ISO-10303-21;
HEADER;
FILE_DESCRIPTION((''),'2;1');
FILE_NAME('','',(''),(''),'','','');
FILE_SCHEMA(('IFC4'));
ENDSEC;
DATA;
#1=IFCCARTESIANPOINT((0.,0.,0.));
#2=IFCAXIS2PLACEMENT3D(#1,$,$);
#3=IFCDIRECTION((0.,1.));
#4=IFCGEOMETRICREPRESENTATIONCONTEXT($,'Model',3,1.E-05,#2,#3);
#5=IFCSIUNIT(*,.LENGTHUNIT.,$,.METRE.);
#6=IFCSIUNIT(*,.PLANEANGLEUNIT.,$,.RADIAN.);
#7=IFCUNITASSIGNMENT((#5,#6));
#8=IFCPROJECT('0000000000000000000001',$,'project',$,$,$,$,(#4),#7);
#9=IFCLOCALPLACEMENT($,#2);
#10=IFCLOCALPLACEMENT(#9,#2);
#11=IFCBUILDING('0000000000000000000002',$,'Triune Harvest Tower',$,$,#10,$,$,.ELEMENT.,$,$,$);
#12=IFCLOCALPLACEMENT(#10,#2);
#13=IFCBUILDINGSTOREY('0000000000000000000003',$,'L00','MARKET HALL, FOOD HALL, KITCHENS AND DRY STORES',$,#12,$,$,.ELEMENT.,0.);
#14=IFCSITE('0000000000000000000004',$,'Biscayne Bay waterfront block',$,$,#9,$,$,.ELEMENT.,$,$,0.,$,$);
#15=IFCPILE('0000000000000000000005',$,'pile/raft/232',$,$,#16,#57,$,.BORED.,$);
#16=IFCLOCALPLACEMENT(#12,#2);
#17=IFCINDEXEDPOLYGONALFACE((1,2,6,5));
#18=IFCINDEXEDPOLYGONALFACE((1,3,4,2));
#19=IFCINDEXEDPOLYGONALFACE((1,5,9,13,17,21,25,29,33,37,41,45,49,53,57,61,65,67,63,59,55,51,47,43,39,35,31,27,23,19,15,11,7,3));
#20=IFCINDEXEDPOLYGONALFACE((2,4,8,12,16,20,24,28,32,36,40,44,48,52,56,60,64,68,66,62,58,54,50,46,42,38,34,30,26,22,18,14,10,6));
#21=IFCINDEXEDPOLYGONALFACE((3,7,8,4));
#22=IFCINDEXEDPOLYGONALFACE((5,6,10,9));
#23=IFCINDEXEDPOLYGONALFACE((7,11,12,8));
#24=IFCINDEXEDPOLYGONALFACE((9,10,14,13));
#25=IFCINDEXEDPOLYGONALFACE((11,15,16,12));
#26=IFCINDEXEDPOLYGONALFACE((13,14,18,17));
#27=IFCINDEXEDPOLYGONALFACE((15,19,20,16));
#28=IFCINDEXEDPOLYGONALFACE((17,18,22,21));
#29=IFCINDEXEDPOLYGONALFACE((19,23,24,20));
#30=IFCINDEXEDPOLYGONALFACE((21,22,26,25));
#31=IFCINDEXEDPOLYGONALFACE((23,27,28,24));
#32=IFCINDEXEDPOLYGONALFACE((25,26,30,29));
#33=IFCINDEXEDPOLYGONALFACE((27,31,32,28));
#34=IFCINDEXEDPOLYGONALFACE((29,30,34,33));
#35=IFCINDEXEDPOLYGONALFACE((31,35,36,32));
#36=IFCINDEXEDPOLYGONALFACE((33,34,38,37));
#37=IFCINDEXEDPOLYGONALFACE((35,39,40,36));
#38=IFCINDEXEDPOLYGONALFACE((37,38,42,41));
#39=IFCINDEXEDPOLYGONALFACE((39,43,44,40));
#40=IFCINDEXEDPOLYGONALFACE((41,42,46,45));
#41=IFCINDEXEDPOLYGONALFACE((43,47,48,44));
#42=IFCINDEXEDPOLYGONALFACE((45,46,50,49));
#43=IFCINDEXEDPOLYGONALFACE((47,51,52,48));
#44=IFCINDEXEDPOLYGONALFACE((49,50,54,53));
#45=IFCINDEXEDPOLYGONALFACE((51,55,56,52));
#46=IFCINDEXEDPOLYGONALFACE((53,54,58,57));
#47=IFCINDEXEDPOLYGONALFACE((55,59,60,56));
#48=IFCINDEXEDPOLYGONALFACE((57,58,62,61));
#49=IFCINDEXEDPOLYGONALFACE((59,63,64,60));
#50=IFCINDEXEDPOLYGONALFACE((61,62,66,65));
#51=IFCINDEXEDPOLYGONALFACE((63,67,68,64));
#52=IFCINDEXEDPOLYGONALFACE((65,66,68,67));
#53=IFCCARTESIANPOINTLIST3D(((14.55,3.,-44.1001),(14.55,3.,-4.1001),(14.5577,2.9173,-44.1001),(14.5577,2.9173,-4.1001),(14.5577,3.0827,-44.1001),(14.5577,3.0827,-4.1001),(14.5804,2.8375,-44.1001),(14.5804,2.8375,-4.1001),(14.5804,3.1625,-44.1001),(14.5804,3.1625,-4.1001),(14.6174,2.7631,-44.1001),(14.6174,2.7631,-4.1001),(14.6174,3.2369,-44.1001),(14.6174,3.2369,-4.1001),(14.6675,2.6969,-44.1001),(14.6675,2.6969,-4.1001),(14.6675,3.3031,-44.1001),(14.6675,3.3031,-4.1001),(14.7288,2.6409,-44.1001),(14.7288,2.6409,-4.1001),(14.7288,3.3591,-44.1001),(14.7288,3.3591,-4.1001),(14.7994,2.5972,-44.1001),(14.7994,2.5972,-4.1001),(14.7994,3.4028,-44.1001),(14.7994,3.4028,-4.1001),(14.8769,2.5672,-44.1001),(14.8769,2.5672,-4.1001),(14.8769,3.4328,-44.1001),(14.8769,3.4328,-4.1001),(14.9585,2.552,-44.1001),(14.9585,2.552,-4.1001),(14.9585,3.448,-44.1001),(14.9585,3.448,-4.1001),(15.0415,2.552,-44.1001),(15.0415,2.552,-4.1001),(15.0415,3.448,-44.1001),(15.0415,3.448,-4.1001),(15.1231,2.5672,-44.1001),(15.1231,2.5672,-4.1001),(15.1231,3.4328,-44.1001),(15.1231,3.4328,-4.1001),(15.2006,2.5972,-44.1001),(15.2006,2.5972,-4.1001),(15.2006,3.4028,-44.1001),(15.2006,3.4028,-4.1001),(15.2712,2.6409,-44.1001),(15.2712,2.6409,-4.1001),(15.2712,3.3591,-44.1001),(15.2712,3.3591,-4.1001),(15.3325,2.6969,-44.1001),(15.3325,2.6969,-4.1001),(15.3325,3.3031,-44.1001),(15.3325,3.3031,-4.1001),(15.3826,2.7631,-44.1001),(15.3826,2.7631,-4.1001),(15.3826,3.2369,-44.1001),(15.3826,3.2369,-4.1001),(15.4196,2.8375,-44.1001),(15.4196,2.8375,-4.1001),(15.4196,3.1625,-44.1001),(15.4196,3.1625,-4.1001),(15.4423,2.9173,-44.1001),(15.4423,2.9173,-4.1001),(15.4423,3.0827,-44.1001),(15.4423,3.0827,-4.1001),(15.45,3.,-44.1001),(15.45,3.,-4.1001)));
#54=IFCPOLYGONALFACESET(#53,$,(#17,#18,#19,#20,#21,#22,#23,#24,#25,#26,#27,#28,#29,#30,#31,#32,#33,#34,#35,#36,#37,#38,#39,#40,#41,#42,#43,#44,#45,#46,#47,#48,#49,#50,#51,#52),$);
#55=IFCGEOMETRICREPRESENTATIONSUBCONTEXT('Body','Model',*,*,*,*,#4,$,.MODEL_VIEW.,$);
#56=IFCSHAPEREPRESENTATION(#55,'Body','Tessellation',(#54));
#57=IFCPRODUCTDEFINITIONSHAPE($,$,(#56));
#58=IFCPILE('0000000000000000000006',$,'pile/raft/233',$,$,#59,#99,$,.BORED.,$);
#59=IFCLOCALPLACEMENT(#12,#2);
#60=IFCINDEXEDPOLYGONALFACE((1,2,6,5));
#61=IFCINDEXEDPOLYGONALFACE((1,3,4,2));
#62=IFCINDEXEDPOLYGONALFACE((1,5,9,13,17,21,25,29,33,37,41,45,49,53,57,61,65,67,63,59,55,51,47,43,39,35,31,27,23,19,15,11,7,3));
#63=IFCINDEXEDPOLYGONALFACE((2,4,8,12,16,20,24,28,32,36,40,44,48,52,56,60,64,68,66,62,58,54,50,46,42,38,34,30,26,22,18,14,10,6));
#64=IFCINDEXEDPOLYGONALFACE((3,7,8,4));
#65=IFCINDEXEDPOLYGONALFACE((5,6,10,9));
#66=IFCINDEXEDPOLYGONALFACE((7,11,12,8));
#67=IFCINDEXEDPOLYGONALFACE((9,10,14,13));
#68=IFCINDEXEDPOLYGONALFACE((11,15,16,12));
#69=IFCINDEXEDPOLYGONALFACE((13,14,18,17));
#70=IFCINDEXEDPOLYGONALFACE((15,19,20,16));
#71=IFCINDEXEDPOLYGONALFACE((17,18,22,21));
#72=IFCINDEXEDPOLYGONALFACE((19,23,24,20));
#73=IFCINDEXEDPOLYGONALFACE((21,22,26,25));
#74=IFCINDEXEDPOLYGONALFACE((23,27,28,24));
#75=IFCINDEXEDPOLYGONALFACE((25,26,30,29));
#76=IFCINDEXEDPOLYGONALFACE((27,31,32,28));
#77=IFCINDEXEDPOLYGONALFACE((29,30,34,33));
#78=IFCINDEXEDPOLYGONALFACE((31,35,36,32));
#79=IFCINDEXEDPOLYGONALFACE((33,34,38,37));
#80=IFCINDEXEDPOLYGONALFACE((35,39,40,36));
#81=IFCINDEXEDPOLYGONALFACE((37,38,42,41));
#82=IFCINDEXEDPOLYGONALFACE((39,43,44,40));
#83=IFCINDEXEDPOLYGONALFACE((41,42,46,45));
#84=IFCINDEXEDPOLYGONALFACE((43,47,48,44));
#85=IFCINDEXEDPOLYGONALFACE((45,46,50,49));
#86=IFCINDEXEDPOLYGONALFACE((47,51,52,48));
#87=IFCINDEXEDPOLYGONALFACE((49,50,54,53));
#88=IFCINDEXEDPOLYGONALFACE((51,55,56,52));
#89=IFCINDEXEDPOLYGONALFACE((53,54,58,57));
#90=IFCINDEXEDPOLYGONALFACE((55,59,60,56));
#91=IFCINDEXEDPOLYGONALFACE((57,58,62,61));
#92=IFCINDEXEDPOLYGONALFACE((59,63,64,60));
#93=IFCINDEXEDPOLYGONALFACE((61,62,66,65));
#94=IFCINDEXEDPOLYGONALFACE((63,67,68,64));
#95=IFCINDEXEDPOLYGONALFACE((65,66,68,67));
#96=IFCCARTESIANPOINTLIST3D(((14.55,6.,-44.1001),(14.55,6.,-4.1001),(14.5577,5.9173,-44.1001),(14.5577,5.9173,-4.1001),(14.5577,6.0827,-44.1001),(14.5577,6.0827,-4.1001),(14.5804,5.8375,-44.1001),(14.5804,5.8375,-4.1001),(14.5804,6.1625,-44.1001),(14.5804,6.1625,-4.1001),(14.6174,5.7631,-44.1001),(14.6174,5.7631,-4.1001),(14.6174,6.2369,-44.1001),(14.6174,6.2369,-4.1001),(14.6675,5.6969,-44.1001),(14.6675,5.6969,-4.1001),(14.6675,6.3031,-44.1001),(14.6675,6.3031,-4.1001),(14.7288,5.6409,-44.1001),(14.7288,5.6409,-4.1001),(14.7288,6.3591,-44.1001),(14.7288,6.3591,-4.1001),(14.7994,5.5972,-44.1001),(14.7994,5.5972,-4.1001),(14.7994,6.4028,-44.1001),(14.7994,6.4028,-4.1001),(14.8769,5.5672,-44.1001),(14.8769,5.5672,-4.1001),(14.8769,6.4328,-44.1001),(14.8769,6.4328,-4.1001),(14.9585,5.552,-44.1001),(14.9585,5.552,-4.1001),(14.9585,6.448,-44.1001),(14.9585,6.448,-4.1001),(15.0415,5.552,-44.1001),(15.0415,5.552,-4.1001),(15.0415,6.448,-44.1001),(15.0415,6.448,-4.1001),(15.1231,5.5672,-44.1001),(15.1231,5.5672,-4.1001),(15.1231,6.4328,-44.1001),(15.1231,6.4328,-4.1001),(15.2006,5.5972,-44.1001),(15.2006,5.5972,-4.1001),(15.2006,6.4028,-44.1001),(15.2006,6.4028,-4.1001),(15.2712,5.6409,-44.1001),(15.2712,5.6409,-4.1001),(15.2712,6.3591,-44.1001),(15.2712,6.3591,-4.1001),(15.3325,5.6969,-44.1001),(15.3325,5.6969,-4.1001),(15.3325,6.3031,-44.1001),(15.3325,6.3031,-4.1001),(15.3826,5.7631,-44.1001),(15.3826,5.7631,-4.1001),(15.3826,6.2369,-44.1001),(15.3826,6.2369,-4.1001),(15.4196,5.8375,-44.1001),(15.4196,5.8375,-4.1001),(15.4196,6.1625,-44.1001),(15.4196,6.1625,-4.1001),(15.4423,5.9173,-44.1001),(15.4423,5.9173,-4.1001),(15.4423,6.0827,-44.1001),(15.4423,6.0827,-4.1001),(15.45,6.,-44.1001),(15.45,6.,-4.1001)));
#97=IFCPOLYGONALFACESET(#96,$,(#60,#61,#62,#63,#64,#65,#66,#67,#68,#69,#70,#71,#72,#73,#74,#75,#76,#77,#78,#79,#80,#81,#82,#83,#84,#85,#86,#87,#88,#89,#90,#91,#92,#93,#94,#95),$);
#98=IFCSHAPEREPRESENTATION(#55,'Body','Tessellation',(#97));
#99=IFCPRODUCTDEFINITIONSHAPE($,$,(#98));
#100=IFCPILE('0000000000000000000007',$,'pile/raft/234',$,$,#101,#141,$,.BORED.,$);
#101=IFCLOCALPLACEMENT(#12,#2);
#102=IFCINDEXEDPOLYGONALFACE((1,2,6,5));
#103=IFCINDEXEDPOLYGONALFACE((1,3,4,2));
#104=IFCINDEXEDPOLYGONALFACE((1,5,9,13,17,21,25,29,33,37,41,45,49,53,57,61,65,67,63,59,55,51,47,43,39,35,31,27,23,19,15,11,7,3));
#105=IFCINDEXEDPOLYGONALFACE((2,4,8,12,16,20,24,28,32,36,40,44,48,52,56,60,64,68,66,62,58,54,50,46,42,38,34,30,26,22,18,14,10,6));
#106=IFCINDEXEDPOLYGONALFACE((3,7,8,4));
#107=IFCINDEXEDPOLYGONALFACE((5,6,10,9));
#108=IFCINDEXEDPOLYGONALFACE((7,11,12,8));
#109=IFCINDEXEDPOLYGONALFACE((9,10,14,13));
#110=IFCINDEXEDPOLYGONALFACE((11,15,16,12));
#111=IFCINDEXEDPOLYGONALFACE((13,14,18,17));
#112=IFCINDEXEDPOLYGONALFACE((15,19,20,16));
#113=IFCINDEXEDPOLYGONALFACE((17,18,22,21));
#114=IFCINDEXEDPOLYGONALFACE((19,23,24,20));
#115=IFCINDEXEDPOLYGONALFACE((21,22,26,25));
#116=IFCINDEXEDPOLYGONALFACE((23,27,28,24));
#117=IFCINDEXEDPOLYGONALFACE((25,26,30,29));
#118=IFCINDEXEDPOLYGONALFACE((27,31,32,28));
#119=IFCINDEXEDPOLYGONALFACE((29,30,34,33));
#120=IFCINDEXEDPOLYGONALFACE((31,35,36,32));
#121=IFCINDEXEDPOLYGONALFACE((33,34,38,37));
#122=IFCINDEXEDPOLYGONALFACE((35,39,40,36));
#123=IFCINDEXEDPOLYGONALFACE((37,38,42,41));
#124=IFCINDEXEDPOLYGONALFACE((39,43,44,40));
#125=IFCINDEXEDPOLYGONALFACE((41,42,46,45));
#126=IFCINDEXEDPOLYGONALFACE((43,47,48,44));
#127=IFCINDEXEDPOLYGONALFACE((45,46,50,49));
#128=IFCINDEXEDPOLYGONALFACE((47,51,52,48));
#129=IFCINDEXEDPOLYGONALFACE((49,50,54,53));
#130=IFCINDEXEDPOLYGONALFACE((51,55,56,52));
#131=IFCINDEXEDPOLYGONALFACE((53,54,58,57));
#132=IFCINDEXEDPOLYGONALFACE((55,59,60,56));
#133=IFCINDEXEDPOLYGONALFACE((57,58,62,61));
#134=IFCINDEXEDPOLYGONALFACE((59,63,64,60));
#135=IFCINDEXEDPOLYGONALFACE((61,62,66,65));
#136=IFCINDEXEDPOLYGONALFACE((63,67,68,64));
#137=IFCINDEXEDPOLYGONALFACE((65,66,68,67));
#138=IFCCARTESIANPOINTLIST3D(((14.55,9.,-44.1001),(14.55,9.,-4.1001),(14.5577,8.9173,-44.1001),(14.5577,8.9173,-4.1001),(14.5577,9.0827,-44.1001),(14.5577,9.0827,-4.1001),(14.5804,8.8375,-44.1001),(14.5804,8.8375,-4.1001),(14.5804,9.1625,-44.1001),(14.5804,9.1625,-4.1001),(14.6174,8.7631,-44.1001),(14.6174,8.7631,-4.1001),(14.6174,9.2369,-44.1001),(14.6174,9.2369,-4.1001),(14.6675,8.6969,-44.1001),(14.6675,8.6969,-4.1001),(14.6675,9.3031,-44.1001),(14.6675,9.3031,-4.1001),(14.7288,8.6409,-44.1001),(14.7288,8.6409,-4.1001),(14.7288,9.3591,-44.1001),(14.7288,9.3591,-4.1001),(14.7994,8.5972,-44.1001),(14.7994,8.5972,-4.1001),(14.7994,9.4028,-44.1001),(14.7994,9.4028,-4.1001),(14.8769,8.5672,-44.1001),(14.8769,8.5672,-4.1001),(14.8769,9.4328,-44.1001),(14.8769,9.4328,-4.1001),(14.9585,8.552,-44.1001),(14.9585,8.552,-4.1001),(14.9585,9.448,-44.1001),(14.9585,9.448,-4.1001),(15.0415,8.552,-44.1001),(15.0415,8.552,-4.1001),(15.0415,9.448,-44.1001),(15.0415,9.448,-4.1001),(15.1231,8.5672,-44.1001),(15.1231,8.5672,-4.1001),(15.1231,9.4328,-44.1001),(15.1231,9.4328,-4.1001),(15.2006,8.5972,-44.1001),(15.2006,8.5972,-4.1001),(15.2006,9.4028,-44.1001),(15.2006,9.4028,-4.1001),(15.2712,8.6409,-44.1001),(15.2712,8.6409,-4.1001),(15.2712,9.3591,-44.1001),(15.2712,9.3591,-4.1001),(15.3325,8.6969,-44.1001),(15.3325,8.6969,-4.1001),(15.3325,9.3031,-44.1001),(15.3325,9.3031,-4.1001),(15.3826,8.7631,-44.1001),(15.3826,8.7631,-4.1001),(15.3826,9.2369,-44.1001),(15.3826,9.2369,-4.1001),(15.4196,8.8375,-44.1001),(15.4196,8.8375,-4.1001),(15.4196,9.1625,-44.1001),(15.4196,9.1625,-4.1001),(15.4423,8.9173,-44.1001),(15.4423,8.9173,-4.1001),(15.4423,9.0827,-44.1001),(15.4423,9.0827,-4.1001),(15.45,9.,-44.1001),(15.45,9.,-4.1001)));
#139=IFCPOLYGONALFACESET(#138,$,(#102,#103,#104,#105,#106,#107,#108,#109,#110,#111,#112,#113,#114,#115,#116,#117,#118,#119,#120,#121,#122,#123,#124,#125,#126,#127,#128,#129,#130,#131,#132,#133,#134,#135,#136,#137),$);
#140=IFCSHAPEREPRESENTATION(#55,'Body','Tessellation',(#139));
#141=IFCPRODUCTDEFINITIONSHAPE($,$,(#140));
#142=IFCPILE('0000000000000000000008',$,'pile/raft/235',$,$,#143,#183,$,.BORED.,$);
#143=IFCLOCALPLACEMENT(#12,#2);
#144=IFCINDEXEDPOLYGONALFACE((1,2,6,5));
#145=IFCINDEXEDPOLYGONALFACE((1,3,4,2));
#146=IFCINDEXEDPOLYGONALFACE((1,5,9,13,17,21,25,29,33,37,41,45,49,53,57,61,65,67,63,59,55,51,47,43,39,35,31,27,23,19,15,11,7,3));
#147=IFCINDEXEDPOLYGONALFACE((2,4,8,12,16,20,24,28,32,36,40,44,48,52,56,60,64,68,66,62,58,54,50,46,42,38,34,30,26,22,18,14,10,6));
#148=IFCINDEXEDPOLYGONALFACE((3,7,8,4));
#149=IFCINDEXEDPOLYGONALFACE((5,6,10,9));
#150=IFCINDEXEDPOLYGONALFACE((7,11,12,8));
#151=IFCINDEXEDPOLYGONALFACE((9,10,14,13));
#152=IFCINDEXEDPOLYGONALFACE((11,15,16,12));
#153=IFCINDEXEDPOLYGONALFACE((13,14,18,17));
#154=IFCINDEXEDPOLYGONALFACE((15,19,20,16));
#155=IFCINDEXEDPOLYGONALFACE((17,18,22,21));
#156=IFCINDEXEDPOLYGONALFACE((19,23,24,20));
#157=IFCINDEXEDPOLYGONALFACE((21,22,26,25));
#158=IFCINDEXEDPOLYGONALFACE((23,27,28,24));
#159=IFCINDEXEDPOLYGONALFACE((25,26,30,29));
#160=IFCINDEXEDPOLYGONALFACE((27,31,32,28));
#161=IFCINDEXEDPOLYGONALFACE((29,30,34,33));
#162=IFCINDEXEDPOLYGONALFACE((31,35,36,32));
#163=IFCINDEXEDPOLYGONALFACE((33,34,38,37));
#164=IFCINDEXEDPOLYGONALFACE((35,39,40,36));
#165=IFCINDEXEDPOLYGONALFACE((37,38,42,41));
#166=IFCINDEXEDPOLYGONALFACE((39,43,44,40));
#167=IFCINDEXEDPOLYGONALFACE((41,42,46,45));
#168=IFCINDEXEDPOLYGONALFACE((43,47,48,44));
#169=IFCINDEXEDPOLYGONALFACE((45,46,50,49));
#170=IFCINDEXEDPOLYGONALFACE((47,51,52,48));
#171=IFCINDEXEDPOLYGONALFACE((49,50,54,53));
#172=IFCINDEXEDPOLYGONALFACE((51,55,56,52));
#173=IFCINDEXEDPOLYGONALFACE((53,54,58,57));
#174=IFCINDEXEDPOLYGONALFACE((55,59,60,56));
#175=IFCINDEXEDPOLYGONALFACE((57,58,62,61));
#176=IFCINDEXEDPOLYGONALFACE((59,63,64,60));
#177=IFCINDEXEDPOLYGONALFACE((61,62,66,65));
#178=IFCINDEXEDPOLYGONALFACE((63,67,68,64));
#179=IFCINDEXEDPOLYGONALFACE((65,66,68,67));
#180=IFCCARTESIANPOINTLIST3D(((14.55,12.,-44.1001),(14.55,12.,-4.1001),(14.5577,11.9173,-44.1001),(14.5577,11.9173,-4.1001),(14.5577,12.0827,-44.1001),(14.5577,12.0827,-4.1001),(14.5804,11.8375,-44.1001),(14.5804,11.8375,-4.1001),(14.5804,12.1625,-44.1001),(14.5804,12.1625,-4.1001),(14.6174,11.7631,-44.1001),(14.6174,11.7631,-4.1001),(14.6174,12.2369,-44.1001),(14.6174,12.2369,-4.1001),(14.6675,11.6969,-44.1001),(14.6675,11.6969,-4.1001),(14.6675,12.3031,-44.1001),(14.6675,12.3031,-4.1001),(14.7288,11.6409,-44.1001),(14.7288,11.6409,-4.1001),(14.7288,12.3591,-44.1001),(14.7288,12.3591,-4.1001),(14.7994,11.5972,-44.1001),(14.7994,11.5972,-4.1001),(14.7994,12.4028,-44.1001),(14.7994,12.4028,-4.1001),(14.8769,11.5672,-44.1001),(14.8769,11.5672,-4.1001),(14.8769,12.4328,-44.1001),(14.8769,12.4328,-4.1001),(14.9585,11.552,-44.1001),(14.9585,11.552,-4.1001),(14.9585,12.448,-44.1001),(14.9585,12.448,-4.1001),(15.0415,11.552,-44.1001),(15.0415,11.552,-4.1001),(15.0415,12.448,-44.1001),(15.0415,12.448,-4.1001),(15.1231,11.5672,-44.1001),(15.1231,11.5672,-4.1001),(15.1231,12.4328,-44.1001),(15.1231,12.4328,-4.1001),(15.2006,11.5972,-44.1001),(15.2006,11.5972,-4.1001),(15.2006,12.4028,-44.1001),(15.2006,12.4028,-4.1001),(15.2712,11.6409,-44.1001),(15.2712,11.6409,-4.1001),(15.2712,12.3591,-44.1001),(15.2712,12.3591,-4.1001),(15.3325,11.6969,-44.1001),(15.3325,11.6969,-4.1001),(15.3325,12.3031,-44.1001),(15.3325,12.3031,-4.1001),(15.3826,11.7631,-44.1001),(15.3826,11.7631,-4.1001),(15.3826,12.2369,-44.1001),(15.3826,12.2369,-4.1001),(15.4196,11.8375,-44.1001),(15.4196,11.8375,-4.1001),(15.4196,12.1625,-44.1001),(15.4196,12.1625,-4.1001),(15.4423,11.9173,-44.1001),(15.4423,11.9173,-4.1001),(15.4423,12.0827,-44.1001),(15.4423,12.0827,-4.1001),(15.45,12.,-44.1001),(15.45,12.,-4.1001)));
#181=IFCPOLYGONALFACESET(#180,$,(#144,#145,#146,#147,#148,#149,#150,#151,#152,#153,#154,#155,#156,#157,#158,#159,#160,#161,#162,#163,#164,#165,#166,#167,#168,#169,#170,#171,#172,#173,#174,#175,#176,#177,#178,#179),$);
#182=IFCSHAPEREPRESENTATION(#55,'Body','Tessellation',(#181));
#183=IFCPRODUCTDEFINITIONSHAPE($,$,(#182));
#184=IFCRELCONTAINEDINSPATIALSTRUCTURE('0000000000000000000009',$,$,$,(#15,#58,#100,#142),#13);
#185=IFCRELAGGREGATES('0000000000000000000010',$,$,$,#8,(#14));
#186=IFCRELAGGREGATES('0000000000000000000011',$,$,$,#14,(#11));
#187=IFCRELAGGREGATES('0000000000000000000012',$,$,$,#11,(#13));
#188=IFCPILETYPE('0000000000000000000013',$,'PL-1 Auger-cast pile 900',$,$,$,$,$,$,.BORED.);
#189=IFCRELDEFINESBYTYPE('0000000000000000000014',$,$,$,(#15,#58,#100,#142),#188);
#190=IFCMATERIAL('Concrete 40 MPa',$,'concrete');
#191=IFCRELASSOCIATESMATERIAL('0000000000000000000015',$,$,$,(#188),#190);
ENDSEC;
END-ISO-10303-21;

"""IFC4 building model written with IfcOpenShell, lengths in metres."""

from ifc_helpers import new_model, si_unit, direction, frame, origin, origin_2d, place, context, subcontext, project, spatial, circle, extrude, source, transform, mapped, material, material_profile, profile_set, type_object, element, save


model = new_model("IFC4")

# Units and contexts
model_context = context("Model", 3, precision=1e-05, world=origin(), true_north=direction((0.0, 1.0)))
body_context = subcontext(model_context, "Body", "Model", "MODEL_VIEW")
ifc_project = project(units=[si_unit("LENGTHUNIT", "METRE"), si_unit("PLANEANGLEUNIT", "RADIAN")], contexts=[model_context])

# Site, building, storey
site_placement = place(None, origin())
site = spatial("IfcSite", under=ifc_project, at=site_placement, Name="Biscayne Bay waterfront block", CompositionType="ELEMENT", RefElevation=0.0)
building_placement = place(site_placement, origin())
building = spatial("IfcBuilding", under=site, at=building_placement, Name="Triune Harvest Tower", CompositionType="ELEMENT")
storey_placement = place(building_placement, origin())
storey = spatial("IfcBuildingStorey", under=building, at=storey_placement, Name="L00", Description="MARKET HALL, FOOD HALL, KITCHENS AND DRY STORES", CompositionType="ELEMENT", Elevation=0.0)

# Piles
ifc_material_1 = material(Name="Concrete 40 MPa", Category="concrete")
ifc_material_profile = material_profile(ifc_material_1, circle(Radius=0.45, at=origin_2d()), Name="Bored 900")
ifc_profile_set = profile_set([ifc_material_profile], Name="Concrete 40 MPa")
pile_type = type_object("IfcPileType", Name="PL-1 Auger-cast pile 900", PredefinedType="BORED", material=ifc_profile_set)
shared_shape_1 = source(origin(), body_context, "Body", "SweptSolid", [
    extrude(circle(Radius=0.45, at=origin_2d()), origin(), (0.0, 0.0, 1.0), 40.0),
])
for number, where, z_axis, x_axis, name in (
    (1, (15.0, 3.0, -4.1001), (0.0, 0.0, -1.0), (1.0, 0.0, 0.0), "pile/raft/232"),
    (2, (15.0, 6.0, -4.1001), (0.0, 0.0, -1.0), (1.0, 0.0, 0.0), "pile/raft/233"),
    (3, (15.0, 9.0, -4.1001), (0.0, 0.0, -1.0), (1.0, 0.0, 0.0), "pile/raft/234"),
    (4, (15.0, 12.0, -4.1001), (0.0, 0.0, -1.0), (1.0, 0.0, 0.0), "pile/raft/235"),
):
    element("IfcPile", number, at=place(storey_placement, frame(where, z_axis=z_axis, x_axis=x_axis)), inside=storey, type_object=pile_type, Name=name, PredefinedType="BORED", context=body_context, shape_type="MappedRepresentation", body=[
        mapped(shared_shape_1, transform((0.0, 0.0, 0.0), scale=1.0)),
    ])

save(model, "model.ifc")
